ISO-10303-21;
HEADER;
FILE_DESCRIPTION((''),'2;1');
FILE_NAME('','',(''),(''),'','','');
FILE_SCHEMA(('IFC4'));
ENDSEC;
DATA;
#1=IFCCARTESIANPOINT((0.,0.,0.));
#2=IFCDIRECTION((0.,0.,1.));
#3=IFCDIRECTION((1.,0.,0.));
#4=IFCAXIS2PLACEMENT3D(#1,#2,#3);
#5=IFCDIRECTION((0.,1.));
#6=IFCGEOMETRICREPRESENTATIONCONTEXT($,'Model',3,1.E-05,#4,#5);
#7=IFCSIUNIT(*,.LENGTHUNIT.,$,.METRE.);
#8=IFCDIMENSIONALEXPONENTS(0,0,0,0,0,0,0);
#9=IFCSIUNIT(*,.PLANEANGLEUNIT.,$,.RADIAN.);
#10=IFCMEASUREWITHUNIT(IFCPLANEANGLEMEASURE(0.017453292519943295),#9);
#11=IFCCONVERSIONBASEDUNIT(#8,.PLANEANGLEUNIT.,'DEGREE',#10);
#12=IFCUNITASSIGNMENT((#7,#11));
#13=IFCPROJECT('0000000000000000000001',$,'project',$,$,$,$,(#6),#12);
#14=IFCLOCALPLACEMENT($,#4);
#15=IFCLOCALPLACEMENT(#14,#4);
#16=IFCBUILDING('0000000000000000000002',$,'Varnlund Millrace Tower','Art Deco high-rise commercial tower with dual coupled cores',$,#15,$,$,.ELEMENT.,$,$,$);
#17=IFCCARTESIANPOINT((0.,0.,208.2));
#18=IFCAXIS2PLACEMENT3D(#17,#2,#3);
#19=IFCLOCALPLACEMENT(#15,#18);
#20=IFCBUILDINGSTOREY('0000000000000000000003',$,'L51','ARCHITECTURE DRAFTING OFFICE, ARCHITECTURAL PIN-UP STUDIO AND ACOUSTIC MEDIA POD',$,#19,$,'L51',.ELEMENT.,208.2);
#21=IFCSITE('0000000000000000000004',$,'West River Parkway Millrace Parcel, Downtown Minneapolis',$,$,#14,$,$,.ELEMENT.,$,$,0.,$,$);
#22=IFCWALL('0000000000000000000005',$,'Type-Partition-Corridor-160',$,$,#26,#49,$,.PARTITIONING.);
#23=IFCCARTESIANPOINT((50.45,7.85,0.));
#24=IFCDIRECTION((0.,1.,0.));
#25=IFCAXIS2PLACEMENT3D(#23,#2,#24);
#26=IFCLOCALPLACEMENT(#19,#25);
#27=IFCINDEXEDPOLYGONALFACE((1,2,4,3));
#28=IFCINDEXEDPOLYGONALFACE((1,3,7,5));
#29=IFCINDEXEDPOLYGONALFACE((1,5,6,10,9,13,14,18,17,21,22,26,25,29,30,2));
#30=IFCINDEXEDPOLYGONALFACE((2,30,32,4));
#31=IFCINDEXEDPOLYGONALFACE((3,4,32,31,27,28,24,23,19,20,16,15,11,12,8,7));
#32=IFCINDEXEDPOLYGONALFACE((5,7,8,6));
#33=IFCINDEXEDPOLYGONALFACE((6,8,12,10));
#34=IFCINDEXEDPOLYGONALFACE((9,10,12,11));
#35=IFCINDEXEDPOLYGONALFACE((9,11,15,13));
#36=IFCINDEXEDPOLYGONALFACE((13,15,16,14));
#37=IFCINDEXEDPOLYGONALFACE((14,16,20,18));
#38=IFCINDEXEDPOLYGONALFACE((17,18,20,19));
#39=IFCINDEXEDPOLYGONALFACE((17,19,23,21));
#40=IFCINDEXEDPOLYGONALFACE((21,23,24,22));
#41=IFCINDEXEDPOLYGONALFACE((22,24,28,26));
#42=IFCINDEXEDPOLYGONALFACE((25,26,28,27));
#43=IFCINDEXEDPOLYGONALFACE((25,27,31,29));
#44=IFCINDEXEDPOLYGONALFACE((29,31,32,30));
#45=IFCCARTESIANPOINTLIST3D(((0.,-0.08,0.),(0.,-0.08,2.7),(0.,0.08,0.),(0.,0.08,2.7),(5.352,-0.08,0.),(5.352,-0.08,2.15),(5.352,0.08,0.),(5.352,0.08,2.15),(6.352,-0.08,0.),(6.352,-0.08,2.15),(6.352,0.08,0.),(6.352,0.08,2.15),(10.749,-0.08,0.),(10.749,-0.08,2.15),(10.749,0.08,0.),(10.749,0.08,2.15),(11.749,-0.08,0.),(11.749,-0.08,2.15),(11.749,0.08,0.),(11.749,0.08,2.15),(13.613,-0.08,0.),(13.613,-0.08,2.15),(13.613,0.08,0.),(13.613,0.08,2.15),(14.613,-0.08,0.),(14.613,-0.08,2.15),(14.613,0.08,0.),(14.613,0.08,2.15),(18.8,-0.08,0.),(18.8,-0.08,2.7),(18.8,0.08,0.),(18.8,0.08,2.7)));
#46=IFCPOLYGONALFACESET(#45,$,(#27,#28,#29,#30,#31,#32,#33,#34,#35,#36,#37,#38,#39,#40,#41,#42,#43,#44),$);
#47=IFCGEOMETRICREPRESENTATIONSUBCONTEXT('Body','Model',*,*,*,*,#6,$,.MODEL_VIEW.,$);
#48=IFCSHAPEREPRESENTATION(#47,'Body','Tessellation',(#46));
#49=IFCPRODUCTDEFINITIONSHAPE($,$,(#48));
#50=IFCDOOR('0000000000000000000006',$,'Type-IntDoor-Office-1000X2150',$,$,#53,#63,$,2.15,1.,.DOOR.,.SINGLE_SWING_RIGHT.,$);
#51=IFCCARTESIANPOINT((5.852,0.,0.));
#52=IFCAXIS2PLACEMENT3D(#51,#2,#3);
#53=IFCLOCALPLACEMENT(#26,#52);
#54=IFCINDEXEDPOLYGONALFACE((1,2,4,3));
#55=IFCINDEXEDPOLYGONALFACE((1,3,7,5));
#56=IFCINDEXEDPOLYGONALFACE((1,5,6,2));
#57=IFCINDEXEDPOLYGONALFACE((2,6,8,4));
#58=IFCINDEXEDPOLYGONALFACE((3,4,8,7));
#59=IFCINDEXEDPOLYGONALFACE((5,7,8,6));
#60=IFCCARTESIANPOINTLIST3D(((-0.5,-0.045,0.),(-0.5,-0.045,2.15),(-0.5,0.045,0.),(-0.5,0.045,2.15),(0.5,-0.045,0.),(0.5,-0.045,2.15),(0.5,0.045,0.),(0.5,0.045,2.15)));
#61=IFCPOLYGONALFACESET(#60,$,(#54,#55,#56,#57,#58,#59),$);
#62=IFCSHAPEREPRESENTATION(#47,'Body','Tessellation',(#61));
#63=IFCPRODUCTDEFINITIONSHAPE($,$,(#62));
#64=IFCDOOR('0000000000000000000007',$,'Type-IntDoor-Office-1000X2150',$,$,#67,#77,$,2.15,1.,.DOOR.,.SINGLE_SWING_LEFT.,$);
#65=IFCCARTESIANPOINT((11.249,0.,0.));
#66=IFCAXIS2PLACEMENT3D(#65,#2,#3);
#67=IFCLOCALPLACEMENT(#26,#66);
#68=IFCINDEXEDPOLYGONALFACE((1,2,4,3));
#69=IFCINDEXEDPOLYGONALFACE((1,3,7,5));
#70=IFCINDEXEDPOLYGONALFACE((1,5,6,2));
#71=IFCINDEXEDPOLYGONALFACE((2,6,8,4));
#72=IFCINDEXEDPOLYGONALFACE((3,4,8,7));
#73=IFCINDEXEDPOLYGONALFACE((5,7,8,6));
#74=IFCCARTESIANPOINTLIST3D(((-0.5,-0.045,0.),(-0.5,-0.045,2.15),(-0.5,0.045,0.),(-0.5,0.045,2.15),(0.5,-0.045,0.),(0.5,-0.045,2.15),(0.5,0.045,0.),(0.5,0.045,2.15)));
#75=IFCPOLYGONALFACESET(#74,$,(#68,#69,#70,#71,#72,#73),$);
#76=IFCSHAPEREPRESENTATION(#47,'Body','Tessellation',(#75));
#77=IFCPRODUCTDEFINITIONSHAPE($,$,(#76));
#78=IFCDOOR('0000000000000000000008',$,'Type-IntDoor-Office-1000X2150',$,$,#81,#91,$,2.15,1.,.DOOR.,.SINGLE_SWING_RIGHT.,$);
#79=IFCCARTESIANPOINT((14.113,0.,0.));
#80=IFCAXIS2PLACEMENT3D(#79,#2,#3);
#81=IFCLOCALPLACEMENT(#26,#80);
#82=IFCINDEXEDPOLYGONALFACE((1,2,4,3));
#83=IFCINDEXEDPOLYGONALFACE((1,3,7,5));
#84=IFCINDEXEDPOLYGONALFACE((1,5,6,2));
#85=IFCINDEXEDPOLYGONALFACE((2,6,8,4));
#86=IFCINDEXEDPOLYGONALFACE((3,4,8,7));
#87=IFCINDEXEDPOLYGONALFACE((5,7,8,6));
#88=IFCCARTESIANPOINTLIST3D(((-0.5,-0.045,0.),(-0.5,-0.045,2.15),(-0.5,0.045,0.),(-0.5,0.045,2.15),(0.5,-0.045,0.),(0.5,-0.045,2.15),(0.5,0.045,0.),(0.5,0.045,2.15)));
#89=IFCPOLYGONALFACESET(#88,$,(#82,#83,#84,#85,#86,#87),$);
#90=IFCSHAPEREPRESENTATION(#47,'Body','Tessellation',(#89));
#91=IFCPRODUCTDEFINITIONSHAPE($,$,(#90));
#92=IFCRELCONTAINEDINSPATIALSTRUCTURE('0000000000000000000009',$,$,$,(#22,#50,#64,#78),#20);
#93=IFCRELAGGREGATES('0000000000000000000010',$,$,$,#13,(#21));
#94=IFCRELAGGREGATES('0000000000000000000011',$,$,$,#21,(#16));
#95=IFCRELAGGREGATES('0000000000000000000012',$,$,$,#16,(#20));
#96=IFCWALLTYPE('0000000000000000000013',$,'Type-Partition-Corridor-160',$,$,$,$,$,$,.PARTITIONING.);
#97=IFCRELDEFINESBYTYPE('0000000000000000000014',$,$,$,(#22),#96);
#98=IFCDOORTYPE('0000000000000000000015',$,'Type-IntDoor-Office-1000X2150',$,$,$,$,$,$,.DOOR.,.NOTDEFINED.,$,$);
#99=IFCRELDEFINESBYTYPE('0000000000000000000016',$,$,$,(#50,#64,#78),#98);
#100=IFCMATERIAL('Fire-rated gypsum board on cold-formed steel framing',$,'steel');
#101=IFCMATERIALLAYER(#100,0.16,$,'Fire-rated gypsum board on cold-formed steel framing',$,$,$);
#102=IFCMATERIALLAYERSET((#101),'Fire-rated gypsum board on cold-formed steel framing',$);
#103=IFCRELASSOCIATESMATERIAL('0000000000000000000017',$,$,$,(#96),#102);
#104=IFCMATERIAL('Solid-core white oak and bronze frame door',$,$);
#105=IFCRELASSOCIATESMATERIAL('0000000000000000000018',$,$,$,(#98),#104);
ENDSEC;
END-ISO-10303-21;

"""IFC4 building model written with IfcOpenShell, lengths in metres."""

from ifc_helpers import new_model, entity, si_unit, converted_unit, direction, frame, origin_with_axes, origin_2d_with_axis, place, context, subcontext, project, spatial, polyline, rectangle, outline, extrude, material, layer, layer_set, type_object, element, fill, save


model = new_model("IFC4")

# Units and contexts
model_context = context("Model", 3, precision=1e-05, world=origin_with_axes(), true_north=direction((0.0, 1.0)))
body_context = subcontext(model_context, "Body", "Model", "MODEL_VIEW")
ifc_project = project(units=[si_unit("LENGTHUNIT", "METRE"), converted_unit("PLANEANGLEUNIT", "DEGREE", entity("IfcPlaneAngleMeasure", 0.017453292519943295), si_unit("PLANEANGLEUNIT", "RADIAN"), dimensions=[0, 0, 0, 0, 0, 0, 0])], contexts=[model_context])

# Site, building, storey
site_placement = place(None, origin_with_axes())
site = spatial("IfcSite", under=ifc_project, at=site_placement, Name="West River Parkway Millrace Parcel, Downtown Minneapolis", CompositionType="ELEMENT", RefElevation=0.0)
building_placement = place(site_placement, origin_with_axes())
building = spatial("IfcBuilding", under=site, at=building_placement, Name="Varnlund Millrace Tower", Description="Art Deco high-rise commercial tower with dual coupled cores", CompositionType="ELEMENT")
storey_placement = place(building_placement, frame((0.0, 0.0, 208.2), z_axis=(0.0, 0.0, 1.0), x_axis=(1.0, 0.0, 0.0)))
storey = spatial("IfcBuildingStorey", under=building, at=storey_placement, Name="L51", Description="ARCHITECTURE DRAFTING OFFICE, ARCHITECTURAL PIN-UP STUDIO AND ACOUSTIC MEDIA POD", LongName="L51", CompositionType="ELEMENT", Elevation=208.2)

# Wall, openings, doors
ifc_material_1 = material(Name="Fire-rated gypsum board on cold-formed steel framing", Category="steel")
ifc_layer_1 = layer(ifc_material_1, 0.16, Name="Fire-rated gypsum board on cold-formed steel framing")
ifc_layer_set_1 = layer_set([ifc_layer_1], Name="Fire-rated gypsum board on cold-formed steel framing")
wall_type_1 = type_object("IfcWallType", Name="Type-Partition-Corridor-160", PredefinedType="PARTITIONING", material=ifc_layer_set_1)
wall_1_placement = place(storey_placement, frame((50.45, 7.85, 0.0), z_axis=(0.0, 0.0, 1.0), x_axis=(0.0, 1.0, 0.0)))
wall_1 = element("IfcWall", 1, at=wall_1_placement, inside=storey, type_object=wall_type_1, Name="Type-Partition-Corridor-160", PredefinedType="PARTITIONING", context=body_context, shape_type="SweptSolid", body=[
    extrude(outline(polyline([(0.0, -0.08), (18.8, -0.08), (18.8, 0.08), (0.0, 0.08), (0.0, -0.08)])), origin_with_axes(), (0.0, 0.0, 1.0), 2.7),
])
opening_1_placement = place(wall_1_placement, frame((5.852, 0.0, 0.0), z_axis=(0.0, 0.0, 1.0), x_axis=(1.0, 0.0, 0.0)))
opening_1 = element("IfcOpeningElement", 2, at=opening_1_placement, cuts=wall_1, PredefinedType="OPENING", context=body_context, shape_type="SweptSolid", body=[
    extrude(rectangle(XDim=1.0, YDim=0.18, at=origin_2d_with_axis()), origin_with_axes(), (0.0, 0.0, 1.0), 2.15),
])
opening_2_placement = place(wall_1_placement, frame((11.249, 0.0, 0.0), z_axis=(0.0, 0.0, 1.0), x_axis=(1.0, 0.0, 0.0)))
opening_2 = element("IfcOpeningElement", 3, at=opening_2_placement, cuts=wall_1, PredefinedType="OPENING", context=body_context, shape_type="SweptSolid", body=[
    extrude(rectangle(XDim=1.0, YDim=0.18, at=origin_2d_with_axis()), origin_with_axes(), (0.0, 0.0, 1.0), 2.15),
])
opening_3_placement = place(wall_1_placement, frame((14.113, 0.0, 0.0), z_axis=(0.0, 0.0, 1.0), x_axis=(1.0, 0.0, 0.0)))
opening_3 = element("IfcOpeningElement", 4, at=opening_3_placement, cuts=wall_1, PredefinedType="OPENING", context=body_context, shape_type="SweptSolid", body=[
    extrude(rectangle(XDim=1.0, YDim=0.18, at=origin_2d_with_axis()), origin_with_axes(), (0.0, 0.0, 1.0), 2.15),
])
ifc_material_2 = material(Name="Solid-core white oak and bronze frame door")
door_type_1 = type_object("IfcDoorType", Name="Type-IntDoor-Office-1000X2150", OperationType="NOTDEFINED", PredefinedType="DOOR", material=ifc_material_2)
door_1_placement = place(wall_1_placement, frame((5.852, 0.0, 0.0), z_axis=(0.0, 0.0, 1.0), x_axis=(1.0, 0.0, 0.0)))
door_1 = element("IfcDoor", 5, at=door_1_placement, inside=storey, type_object=door_type_1, Name="Type-IntDoor-Office-1000X2150", OperationType="SINGLE_SWING_RIGHT", OverallHeight=2.15, OverallWidth=1.0, PredefinedType="DOOR", context=body_context, shape_type="SweptSolid", body=[
    extrude(rectangle(XDim=1.0, YDim=0.09, at=origin_2d_with_axis()), origin_with_axes(), (0.0, 0.0, 1.0), 2.15),
])
fill(opening_1, door_1)
door_2_placement = place(wall_1_placement, frame((11.249, 0.0, 0.0), z_axis=(0.0, 0.0, 1.0), x_axis=(1.0, 0.0, 0.0)))
door_2 = element("IfcDoor", 6, at=door_2_placement, inside=storey, type_object=door_type_1, Name="Type-IntDoor-Office-1000X2150", OperationType="SINGLE_SWING_LEFT", OverallHeight=2.15, OverallWidth=1.0, PredefinedType="DOOR", context=body_context, shape_type="SweptSolid", body=[
    extrude(rectangle(XDim=1.0, YDim=0.09, at=origin_2d_with_axis()), origin_with_axes(), (0.0, 0.0, 1.0), 2.15),
])
fill(opening_2, door_2)
door_3_placement = place(wall_1_placement, frame((14.113, 0.0, 0.0), z_axis=(0.0, 0.0, 1.0), x_axis=(1.0, 0.0, 0.0)))
door_3 = element("IfcDoor", 7, at=door_3_placement, inside=storey, type_object=door_type_1, Name="Type-IntDoor-Office-1000X2150", OperationType="SINGLE_SWING_RIGHT", OverallHeight=2.15, OverallWidth=1.0, PredefinedType="DOOR", context=body_context, shape_type="SweptSolid", body=[
    extrude(rectangle(XDim=1.0, YDim=0.09, at=origin_2d_with_axis()), origin_with_axes(), (0.0, 0.0, 1.0), 2.15),
])
fill(opening_3, door_3)

save(model, "model.ifc")
